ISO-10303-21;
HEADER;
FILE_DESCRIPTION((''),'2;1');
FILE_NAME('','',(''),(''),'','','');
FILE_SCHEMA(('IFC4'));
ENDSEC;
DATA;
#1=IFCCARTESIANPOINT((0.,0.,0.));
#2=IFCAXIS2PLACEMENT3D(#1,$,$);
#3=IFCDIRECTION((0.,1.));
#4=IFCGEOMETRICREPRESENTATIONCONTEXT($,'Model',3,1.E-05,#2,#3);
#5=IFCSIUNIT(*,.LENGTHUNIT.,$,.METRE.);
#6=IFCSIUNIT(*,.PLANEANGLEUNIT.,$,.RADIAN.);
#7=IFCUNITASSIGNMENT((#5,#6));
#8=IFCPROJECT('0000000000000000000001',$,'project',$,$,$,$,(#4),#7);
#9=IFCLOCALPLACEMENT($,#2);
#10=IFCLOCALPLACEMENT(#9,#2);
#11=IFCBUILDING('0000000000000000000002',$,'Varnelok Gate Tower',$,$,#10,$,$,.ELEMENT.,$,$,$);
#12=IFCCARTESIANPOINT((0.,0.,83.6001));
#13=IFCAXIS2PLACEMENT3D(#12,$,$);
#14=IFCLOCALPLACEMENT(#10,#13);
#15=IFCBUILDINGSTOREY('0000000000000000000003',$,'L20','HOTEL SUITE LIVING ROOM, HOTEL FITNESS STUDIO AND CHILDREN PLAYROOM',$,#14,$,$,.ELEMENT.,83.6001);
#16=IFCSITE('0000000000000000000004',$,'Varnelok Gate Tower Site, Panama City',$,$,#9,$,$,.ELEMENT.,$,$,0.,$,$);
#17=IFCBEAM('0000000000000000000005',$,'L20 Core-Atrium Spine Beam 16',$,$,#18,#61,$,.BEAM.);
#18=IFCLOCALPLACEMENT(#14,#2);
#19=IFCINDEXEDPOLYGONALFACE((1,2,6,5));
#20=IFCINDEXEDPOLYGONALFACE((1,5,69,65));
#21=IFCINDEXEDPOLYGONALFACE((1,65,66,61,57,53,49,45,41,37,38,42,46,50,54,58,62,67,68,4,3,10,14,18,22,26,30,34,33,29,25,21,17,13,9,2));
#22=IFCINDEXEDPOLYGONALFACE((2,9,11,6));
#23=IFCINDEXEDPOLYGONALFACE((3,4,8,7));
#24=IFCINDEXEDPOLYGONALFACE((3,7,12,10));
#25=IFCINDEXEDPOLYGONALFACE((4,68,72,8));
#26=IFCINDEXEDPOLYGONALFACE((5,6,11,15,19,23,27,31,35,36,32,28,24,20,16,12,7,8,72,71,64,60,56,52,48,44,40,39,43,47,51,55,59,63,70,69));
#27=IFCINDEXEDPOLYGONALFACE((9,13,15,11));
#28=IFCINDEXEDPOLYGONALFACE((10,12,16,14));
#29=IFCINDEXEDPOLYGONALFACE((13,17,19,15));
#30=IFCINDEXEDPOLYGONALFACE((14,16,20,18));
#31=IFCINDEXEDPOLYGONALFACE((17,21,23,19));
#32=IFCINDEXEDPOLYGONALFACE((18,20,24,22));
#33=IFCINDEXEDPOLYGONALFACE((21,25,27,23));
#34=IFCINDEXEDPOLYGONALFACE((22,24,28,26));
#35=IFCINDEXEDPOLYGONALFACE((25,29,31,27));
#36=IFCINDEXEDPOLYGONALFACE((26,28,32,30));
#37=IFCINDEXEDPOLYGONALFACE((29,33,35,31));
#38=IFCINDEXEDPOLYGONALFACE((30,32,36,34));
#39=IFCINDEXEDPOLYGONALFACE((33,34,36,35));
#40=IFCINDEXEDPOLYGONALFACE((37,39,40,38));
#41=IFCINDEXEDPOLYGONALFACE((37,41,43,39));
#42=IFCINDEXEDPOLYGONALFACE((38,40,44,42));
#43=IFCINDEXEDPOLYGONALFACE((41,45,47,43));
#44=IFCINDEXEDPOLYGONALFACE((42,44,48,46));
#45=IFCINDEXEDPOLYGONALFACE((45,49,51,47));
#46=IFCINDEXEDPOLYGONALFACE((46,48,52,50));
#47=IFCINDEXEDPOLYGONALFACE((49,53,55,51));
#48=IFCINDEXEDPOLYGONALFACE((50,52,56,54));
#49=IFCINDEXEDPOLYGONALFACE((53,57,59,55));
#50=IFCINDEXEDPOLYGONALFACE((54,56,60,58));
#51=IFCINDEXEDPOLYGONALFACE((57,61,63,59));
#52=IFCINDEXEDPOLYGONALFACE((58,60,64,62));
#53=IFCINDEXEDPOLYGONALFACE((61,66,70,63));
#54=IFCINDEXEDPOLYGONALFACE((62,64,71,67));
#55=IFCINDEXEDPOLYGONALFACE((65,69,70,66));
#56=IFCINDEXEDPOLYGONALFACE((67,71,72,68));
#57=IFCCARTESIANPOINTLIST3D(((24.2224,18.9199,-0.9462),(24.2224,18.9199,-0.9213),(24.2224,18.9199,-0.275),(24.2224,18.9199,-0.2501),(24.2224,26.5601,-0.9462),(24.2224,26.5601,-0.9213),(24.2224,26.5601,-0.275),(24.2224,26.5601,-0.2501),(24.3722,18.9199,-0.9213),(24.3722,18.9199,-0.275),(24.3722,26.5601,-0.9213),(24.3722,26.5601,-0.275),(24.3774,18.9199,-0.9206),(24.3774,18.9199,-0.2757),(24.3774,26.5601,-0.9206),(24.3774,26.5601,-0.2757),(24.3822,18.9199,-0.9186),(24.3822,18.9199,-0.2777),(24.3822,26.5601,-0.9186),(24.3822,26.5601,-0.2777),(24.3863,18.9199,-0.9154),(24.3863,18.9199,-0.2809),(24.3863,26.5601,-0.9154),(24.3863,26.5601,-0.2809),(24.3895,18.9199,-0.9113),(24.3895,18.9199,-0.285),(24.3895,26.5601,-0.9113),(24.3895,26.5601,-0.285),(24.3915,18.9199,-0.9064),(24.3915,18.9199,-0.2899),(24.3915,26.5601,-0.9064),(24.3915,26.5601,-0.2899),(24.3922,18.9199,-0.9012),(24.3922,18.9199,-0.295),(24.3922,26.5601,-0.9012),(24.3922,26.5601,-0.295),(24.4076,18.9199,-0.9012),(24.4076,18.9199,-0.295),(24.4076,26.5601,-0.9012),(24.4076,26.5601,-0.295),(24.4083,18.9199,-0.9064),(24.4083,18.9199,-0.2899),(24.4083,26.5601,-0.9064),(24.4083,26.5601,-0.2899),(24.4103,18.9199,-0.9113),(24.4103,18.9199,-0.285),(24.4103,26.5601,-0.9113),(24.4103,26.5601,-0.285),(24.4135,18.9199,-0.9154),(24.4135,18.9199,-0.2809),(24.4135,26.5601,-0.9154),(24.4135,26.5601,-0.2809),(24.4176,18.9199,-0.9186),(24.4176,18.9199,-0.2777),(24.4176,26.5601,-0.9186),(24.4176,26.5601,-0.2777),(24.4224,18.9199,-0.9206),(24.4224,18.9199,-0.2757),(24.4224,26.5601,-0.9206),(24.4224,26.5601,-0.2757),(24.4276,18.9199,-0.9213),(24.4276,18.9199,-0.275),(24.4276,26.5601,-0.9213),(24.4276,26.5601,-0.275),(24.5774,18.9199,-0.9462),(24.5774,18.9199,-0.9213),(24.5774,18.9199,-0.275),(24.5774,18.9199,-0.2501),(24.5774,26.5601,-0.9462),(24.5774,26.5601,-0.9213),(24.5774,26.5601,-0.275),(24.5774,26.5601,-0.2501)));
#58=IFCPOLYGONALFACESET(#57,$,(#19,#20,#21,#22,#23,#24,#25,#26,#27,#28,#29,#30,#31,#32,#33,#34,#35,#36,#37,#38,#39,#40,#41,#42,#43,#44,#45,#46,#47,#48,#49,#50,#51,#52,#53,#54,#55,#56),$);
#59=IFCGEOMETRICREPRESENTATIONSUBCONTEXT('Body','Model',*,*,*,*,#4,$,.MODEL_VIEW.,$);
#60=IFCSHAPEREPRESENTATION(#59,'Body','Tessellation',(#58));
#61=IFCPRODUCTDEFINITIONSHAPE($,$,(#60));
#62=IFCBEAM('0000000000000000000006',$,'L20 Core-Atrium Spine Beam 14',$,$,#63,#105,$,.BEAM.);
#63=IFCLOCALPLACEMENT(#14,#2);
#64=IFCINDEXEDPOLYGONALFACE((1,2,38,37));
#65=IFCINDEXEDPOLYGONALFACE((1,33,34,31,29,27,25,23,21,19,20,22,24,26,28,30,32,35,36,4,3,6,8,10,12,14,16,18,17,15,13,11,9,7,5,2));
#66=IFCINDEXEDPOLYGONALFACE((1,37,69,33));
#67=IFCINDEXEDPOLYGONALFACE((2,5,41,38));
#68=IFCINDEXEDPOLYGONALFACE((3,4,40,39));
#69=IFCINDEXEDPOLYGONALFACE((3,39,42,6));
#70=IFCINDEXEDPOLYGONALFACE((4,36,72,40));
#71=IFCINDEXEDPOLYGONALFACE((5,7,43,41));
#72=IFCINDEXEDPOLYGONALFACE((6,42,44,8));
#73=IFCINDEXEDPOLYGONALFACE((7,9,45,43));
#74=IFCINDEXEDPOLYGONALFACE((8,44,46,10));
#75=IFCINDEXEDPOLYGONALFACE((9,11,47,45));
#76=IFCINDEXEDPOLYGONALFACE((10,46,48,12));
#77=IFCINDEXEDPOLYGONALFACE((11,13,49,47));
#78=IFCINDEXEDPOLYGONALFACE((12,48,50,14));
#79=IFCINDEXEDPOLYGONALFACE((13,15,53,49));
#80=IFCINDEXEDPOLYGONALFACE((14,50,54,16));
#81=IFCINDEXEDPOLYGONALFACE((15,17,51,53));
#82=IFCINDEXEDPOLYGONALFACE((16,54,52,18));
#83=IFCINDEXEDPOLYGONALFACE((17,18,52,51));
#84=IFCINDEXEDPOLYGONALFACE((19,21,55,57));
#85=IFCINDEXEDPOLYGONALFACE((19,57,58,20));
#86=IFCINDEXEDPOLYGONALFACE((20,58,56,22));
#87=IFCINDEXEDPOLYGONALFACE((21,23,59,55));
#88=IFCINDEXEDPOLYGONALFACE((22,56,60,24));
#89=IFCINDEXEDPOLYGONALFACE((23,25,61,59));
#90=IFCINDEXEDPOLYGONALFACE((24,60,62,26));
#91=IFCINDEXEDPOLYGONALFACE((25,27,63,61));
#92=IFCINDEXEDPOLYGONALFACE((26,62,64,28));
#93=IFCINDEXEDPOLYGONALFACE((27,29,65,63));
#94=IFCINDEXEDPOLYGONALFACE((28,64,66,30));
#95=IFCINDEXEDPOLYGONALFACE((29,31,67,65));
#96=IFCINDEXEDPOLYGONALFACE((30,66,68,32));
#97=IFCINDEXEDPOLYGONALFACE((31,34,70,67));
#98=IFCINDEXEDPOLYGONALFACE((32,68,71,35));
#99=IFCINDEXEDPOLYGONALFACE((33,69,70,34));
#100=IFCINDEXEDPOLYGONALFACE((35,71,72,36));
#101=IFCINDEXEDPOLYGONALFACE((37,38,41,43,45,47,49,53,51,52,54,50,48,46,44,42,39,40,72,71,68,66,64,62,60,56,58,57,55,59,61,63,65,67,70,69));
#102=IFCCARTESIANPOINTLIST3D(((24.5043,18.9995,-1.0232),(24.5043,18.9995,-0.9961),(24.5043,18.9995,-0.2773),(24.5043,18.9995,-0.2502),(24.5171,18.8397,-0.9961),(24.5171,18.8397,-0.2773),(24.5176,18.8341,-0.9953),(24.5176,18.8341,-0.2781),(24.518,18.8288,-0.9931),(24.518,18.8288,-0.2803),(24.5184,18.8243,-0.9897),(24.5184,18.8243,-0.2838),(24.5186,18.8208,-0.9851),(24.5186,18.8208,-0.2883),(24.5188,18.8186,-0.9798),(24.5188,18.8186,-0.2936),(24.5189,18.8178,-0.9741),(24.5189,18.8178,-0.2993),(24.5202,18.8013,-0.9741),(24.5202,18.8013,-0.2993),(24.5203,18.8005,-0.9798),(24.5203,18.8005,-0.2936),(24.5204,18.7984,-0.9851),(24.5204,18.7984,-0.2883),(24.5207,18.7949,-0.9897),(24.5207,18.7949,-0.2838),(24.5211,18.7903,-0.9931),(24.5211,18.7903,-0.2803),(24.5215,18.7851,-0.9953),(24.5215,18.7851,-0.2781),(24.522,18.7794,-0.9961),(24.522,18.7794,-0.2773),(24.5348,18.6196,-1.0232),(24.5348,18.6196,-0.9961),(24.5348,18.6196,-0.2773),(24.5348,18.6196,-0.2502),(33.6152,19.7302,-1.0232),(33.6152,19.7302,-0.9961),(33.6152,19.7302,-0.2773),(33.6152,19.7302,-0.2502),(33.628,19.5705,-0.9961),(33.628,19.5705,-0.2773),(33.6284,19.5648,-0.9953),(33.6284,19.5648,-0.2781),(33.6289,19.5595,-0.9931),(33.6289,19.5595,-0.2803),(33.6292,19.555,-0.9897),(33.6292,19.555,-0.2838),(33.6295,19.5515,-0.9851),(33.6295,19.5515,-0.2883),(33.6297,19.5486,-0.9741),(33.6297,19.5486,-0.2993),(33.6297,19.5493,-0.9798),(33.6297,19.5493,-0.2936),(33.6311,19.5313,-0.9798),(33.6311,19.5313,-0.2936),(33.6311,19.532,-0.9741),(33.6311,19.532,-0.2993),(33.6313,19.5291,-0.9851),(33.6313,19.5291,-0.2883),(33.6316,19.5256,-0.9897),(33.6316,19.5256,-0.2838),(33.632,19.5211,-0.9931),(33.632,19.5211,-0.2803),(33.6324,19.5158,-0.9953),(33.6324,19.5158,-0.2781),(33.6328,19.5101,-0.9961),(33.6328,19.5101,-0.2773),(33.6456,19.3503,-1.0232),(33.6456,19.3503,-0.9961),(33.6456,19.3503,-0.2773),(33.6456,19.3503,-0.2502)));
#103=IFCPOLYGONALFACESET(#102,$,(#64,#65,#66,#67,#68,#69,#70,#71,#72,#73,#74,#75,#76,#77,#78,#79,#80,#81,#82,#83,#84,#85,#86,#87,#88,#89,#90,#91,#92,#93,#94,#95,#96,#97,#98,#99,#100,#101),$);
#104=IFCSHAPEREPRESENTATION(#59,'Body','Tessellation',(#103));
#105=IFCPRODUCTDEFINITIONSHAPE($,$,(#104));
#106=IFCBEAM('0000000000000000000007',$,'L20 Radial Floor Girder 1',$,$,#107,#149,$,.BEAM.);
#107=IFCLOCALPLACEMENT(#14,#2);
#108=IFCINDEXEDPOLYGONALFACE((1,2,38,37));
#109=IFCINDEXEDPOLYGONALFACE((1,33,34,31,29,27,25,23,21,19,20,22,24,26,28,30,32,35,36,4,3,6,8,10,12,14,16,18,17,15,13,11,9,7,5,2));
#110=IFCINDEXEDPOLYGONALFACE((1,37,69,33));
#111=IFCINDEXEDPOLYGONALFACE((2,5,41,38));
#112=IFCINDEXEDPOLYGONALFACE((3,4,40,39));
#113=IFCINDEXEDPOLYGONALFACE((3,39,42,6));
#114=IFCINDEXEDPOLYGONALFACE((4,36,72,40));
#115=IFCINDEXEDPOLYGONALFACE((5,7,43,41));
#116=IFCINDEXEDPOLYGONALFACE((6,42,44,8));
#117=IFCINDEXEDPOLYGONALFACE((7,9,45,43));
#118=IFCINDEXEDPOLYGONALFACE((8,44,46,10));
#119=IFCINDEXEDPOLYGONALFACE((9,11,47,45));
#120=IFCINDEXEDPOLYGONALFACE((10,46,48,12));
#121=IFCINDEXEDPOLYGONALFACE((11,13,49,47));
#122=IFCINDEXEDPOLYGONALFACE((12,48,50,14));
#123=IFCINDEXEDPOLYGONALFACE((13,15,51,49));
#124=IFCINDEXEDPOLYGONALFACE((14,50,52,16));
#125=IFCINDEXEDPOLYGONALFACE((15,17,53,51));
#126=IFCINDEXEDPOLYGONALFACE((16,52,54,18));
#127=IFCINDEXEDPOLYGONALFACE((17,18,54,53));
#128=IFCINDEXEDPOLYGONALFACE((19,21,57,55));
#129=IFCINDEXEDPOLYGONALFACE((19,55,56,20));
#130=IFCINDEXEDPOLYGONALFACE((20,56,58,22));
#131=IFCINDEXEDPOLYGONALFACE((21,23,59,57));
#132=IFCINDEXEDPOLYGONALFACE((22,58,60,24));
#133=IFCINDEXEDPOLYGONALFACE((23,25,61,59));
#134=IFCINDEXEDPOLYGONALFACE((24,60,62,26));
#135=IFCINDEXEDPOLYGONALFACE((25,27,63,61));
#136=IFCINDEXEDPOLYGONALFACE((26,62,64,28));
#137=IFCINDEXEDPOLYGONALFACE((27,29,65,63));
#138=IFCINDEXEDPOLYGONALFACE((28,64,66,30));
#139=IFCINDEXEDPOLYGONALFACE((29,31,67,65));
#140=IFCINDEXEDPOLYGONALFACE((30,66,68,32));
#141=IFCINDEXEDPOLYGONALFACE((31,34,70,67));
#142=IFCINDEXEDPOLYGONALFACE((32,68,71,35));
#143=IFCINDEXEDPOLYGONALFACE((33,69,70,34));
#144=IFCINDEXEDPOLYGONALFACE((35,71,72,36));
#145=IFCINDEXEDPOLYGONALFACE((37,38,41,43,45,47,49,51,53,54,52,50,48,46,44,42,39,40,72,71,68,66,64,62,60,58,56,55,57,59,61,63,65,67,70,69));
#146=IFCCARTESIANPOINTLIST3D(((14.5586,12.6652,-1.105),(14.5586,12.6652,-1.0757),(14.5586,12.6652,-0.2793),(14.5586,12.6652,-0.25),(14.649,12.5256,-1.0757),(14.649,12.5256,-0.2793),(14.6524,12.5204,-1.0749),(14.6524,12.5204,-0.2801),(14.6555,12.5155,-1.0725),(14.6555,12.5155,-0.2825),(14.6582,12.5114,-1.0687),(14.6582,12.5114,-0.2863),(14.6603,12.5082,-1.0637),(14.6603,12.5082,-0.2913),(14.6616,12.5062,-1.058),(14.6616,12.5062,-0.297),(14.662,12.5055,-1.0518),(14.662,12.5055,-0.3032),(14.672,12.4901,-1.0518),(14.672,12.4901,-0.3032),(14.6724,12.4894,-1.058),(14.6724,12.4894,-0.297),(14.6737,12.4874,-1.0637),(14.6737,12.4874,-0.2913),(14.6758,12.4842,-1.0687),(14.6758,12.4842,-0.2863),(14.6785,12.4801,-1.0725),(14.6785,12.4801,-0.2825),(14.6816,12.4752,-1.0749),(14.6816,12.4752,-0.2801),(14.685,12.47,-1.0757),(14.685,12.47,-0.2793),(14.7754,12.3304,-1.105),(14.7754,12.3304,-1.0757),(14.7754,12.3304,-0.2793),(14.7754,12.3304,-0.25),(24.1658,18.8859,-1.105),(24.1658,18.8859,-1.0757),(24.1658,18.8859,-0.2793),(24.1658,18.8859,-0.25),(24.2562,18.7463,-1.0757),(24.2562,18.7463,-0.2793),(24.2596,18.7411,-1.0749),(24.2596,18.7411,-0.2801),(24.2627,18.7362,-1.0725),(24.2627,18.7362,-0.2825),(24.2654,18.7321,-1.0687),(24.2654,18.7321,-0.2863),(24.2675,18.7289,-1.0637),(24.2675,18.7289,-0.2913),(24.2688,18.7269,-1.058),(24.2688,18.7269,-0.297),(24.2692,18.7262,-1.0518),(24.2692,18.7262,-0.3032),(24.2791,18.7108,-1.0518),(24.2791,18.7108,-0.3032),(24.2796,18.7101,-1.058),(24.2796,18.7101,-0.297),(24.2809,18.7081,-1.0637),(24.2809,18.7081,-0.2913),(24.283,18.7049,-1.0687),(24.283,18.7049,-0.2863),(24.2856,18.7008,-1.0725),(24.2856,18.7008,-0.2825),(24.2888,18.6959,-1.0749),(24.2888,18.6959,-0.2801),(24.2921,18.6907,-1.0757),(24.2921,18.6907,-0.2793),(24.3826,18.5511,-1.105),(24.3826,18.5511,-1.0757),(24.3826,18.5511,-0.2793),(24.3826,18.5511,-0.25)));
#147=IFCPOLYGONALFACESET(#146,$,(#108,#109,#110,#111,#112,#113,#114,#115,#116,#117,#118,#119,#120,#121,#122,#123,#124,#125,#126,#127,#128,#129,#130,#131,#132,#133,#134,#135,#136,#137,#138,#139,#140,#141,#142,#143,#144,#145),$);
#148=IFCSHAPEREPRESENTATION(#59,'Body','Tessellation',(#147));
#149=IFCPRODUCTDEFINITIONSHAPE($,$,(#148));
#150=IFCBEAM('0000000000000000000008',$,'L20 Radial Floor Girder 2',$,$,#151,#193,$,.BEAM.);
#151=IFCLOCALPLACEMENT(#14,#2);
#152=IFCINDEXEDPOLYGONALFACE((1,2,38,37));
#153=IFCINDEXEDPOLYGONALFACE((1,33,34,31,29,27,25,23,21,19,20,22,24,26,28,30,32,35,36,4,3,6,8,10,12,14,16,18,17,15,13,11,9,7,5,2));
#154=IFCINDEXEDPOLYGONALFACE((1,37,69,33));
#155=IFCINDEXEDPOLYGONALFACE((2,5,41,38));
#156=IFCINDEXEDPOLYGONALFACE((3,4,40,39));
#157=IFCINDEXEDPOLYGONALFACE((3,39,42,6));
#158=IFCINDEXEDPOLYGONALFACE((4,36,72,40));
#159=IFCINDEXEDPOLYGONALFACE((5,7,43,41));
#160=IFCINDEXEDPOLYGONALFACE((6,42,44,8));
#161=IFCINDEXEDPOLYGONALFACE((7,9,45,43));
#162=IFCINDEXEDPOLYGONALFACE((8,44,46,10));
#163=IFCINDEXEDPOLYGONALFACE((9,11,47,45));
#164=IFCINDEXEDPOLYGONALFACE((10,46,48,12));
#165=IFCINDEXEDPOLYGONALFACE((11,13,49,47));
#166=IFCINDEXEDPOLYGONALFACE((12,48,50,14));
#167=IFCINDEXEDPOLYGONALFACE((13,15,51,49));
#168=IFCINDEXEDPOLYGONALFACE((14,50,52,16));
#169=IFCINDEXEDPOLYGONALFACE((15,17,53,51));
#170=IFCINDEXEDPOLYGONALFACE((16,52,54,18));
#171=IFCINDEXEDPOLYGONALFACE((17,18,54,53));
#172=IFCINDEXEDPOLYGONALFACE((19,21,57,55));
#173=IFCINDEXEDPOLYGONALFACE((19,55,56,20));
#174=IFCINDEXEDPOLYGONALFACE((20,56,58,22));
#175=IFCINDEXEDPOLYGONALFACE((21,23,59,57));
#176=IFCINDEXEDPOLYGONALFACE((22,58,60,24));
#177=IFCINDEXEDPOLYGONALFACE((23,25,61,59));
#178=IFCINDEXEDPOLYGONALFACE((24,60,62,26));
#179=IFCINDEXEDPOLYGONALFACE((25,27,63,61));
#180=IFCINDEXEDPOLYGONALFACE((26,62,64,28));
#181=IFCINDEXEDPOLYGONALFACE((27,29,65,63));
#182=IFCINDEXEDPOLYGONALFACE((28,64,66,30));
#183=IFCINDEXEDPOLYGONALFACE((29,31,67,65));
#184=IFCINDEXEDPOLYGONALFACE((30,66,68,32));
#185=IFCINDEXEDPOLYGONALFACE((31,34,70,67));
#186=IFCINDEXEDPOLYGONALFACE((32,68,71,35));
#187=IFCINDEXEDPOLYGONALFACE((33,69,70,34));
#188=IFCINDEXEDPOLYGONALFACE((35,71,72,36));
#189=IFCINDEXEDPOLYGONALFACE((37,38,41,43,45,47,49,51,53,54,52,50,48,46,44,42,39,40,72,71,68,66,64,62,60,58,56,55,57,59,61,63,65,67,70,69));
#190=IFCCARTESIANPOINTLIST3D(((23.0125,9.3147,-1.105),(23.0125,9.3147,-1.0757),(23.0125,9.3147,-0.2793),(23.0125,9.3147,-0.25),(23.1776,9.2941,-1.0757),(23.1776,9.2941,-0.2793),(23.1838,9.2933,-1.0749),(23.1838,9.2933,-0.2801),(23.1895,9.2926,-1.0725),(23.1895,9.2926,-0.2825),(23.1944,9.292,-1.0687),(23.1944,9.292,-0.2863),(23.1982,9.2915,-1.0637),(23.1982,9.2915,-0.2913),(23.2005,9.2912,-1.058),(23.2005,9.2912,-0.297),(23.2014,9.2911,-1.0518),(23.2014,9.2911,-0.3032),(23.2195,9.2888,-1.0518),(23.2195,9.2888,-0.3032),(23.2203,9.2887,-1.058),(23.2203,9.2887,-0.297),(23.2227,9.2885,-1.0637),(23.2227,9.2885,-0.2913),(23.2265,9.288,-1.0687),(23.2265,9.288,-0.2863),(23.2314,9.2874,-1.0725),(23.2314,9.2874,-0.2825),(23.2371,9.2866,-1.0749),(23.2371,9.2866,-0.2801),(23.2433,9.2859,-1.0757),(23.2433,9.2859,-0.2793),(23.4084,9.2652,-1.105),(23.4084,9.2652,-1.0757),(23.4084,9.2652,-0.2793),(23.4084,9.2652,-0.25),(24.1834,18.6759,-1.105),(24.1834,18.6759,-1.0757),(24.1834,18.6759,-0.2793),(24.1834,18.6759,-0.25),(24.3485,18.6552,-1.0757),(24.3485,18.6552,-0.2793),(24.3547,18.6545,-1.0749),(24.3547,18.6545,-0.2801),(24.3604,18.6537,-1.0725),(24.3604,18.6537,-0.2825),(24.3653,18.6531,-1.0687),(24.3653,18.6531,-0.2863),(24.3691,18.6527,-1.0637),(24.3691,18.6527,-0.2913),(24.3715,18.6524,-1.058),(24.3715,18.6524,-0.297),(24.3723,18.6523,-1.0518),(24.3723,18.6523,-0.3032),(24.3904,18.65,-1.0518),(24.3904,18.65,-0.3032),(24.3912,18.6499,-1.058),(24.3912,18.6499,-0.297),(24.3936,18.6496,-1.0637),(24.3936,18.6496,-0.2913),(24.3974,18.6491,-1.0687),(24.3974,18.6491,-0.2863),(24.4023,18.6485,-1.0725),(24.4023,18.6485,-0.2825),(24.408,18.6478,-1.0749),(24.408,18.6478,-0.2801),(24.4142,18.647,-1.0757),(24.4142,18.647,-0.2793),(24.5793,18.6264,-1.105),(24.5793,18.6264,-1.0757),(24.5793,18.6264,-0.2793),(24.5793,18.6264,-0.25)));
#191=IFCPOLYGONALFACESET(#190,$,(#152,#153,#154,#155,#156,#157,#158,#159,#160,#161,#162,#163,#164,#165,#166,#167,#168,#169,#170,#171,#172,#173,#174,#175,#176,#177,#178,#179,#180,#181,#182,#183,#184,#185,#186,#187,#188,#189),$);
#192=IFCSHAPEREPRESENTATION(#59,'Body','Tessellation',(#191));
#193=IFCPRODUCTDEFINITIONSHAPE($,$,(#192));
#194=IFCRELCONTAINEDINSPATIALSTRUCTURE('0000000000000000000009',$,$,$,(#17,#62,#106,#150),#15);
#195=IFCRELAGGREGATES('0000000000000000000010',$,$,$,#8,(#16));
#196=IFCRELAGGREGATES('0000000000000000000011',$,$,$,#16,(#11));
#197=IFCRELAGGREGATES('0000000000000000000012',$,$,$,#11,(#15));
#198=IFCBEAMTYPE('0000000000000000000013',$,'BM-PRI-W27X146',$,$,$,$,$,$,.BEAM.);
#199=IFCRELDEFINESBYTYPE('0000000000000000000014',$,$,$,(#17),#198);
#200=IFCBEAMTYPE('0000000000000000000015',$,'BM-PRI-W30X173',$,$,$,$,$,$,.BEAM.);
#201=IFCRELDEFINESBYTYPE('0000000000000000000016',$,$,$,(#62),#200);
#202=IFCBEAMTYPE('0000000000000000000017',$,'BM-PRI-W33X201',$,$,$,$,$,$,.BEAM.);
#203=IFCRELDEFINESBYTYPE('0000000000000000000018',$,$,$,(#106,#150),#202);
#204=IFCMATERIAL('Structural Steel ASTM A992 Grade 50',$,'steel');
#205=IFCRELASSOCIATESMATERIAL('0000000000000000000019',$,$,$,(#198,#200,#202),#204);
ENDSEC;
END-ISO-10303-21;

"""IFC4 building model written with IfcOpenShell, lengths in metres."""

from ifc_helpers import new_model, si_unit, direction, frame, origin, origin_2d, place, context, subcontext, project, spatial, i_section, extrude, material, material_profile, profile_set, type_object, element, save


model = new_model("IFC4")

# Units and contexts
model_context = context("Model", 3, precision=1e-05, world=origin(), true_north=direction((0.0, 1.0)))
body_context = subcontext(model_context, "Body", "Model", "MODEL_VIEW")
ifc_project = project(units=[si_unit("LENGTHUNIT", "METRE"), si_unit("PLANEANGLEUNIT", "RADIAN")], contexts=[model_context])

# Site, building, storey
site_placement = place(None, origin())
site = spatial("IfcSite", under=ifc_project, at=site_placement, Name="Varnelok Gate Tower Site, Panama City", CompositionType="ELEMENT", RefElevation=0.0)
building_placement = place(site_placement, origin())
building = spatial("IfcBuilding", under=site, at=building_placement, Name="Varnelok Gate Tower", CompositionType="ELEMENT")
storey_placement = place(building_placement, frame((0.0, 0.0, 83.6001)))
storey = spatial("IfcBuildingStorey", under=building, at=storey_placement, Name="L20", Description="HOTEL SUITE LIVING ROOM, HOTEL FITNESS STUDIO AND CHILDREN PLAYROOM", CompositionType="ELEMENT", Elevation=83.6001)

# Shared definitions
ifc_material_1 = material(Name="Structural Steel ASTM A992 Grade 50", Category="steel")

# Beams
ifc_material_profile_1 = material_profile(ifc_material_1, i_section(OverallWidth=0.355, OverallDepth=0.696, WebThickness=0.0154, FlangeThickness=0.0249, FilletRadius=0.02, at=origin_2d()), Name="W27X146")
ifc_profile_set_1 = profile_set([ifc_material_profile_1], Name="Structural Steel ASTM A992 Grade 50")
beam_type_1 = type_object("IfcBeamType", Name="BM-PRI-W27X146", PredefinedType="BEAM", material=ifc_profile_set_1)
beam_1_placement = place(storey_placement, frame((24.3999, 18.9199, -0.5981), z_axis=(0.0, 1.0, 0.0), x_axis=(-1.0, 0.0, 0.0)))
element("IfcBeam", 1, at=beam_1_placement, inside=storey, type_object=beam_type_1, Name="L20 Core-Atrium Spine Beam 16", PredefinedType="BEAM", context=body_context, shape_type="SweptSolid", body=[
    extrude(i_section(OverallWidth=0.355, OverallDepth=0.696, WebThickness=0.0154, FlangeThickness=0.0249, FilletRadius=0.02, at=origin_2d()), origin(), (0.0, 0.0, 1.0), 7.6401),
])
ifc_material_profile_2 = material_profile(ifc_material_1, i_section(OverallWidth=0.3811, OverallDepth=0.7729, WebThickness=0.0166, FlangeThickness=0.0271, FilletRadius=0.022, at=origin_2d()), Name="W30X173")
ifc_profile_set_2 = profile_set([ifc_material_profile_2], Name="Structural Steel ASTM A992 Grade 50")
beam_type_2 = type_object("IfcBeamType", Name="BM-PRI-W30X173", PredefinedType="BEAM", material=ifc_profile_set_2)
beam_2_placement = place(storey_placement, frame((24.5195, 18.8096, -0.6367), z_axis=(0.996799, 0.079946, 0.0), x_axis=(-0.079946, 0.996799, 0.0)))
element("IfcBeam", 2, at=beam_2_placement, inside=storey, type_object=beam_type_2, Name="L20 Core-Atrium Spine Beam 14", PredefinedType="BEAM", context=body_context, shape_type="SweptSolid", body=[
    extrude(i_section(OverallWidth=0.3811, OverallDepth=0.7729, WebThickness=0.0166, FlangeThickness=0.0271, FilletRadius=0.022, at=origin_2d()), origin(), (0.0, 0.0, 1.0), 9.1401),
])
ifc_material_profile_3 = material_profile(ifc_material_1, i_section(OverallWidth=0.3989, OverallDepth=0.855, WebThickness=0.0183, FlangeThickness=0.0293, FilletRadius=0.0239, at=origin_2d()), Name="W33X201")
ifc_profile_set_3 = profile_set([ifc_material_profile_3], Name="Structural Steel ASTM A992 Grade 50")
beam_type_3 = type_object("IfcBeamType", Name="BM-PRI-W33X201", PredefinedType="BEAM", material=ifc_profile_set_3)
beam_3_placement = place(storey_placement, frame((24.2742, 18.7185, -0.6775), z_axis=(-0.839399, -0.543516, 0.0), x_axis=(0.543516, -0.839399, 0.0)))
element("IfcBeam", 3, at=beam_3_placement, inside=storey, type_object=beam_type_3, Name="L20 Radial Floor Girder 1", PredefinedType="BEAM", context=body_context, shape_type="SweptSolid", body=[
    extrude(i_section(OverallWidth=0.3989, OverallDepth=0.855, WebThickness=0.0183, FlangeThickness=0.0293, FilletRadius=0.0239, at=origin_2d()), origin(), (0.0, 0.0, 1.0), 11.4453),
])
beam_4_placement = place(storey_placement, frame((24.3813, 18.6511, -0.6775), z_axis=(-0.124114, -0.992268, 0.0), x_axis=(0.992268, -0.124114, 0.0)))
element("IfcBeam", 4, at=beam_4_placement, inside=storey, type_object=beam_type_3, Name="L20 Radial Floor Girder 2", PredefinedType="BEAM", context=body_context, shape_type="SweptSolid", body=[
    extrude(i_section(OverallWidth=0.3989, OverallDepth=0.855, WebThickness=0.0183, FlangeThickness=0.0293, FilletRadius=0.0239, at=origin_2d()), origin(), (0.0, 0.0, 1.0), 9.4341),
])

save(model, "model.ifc")
